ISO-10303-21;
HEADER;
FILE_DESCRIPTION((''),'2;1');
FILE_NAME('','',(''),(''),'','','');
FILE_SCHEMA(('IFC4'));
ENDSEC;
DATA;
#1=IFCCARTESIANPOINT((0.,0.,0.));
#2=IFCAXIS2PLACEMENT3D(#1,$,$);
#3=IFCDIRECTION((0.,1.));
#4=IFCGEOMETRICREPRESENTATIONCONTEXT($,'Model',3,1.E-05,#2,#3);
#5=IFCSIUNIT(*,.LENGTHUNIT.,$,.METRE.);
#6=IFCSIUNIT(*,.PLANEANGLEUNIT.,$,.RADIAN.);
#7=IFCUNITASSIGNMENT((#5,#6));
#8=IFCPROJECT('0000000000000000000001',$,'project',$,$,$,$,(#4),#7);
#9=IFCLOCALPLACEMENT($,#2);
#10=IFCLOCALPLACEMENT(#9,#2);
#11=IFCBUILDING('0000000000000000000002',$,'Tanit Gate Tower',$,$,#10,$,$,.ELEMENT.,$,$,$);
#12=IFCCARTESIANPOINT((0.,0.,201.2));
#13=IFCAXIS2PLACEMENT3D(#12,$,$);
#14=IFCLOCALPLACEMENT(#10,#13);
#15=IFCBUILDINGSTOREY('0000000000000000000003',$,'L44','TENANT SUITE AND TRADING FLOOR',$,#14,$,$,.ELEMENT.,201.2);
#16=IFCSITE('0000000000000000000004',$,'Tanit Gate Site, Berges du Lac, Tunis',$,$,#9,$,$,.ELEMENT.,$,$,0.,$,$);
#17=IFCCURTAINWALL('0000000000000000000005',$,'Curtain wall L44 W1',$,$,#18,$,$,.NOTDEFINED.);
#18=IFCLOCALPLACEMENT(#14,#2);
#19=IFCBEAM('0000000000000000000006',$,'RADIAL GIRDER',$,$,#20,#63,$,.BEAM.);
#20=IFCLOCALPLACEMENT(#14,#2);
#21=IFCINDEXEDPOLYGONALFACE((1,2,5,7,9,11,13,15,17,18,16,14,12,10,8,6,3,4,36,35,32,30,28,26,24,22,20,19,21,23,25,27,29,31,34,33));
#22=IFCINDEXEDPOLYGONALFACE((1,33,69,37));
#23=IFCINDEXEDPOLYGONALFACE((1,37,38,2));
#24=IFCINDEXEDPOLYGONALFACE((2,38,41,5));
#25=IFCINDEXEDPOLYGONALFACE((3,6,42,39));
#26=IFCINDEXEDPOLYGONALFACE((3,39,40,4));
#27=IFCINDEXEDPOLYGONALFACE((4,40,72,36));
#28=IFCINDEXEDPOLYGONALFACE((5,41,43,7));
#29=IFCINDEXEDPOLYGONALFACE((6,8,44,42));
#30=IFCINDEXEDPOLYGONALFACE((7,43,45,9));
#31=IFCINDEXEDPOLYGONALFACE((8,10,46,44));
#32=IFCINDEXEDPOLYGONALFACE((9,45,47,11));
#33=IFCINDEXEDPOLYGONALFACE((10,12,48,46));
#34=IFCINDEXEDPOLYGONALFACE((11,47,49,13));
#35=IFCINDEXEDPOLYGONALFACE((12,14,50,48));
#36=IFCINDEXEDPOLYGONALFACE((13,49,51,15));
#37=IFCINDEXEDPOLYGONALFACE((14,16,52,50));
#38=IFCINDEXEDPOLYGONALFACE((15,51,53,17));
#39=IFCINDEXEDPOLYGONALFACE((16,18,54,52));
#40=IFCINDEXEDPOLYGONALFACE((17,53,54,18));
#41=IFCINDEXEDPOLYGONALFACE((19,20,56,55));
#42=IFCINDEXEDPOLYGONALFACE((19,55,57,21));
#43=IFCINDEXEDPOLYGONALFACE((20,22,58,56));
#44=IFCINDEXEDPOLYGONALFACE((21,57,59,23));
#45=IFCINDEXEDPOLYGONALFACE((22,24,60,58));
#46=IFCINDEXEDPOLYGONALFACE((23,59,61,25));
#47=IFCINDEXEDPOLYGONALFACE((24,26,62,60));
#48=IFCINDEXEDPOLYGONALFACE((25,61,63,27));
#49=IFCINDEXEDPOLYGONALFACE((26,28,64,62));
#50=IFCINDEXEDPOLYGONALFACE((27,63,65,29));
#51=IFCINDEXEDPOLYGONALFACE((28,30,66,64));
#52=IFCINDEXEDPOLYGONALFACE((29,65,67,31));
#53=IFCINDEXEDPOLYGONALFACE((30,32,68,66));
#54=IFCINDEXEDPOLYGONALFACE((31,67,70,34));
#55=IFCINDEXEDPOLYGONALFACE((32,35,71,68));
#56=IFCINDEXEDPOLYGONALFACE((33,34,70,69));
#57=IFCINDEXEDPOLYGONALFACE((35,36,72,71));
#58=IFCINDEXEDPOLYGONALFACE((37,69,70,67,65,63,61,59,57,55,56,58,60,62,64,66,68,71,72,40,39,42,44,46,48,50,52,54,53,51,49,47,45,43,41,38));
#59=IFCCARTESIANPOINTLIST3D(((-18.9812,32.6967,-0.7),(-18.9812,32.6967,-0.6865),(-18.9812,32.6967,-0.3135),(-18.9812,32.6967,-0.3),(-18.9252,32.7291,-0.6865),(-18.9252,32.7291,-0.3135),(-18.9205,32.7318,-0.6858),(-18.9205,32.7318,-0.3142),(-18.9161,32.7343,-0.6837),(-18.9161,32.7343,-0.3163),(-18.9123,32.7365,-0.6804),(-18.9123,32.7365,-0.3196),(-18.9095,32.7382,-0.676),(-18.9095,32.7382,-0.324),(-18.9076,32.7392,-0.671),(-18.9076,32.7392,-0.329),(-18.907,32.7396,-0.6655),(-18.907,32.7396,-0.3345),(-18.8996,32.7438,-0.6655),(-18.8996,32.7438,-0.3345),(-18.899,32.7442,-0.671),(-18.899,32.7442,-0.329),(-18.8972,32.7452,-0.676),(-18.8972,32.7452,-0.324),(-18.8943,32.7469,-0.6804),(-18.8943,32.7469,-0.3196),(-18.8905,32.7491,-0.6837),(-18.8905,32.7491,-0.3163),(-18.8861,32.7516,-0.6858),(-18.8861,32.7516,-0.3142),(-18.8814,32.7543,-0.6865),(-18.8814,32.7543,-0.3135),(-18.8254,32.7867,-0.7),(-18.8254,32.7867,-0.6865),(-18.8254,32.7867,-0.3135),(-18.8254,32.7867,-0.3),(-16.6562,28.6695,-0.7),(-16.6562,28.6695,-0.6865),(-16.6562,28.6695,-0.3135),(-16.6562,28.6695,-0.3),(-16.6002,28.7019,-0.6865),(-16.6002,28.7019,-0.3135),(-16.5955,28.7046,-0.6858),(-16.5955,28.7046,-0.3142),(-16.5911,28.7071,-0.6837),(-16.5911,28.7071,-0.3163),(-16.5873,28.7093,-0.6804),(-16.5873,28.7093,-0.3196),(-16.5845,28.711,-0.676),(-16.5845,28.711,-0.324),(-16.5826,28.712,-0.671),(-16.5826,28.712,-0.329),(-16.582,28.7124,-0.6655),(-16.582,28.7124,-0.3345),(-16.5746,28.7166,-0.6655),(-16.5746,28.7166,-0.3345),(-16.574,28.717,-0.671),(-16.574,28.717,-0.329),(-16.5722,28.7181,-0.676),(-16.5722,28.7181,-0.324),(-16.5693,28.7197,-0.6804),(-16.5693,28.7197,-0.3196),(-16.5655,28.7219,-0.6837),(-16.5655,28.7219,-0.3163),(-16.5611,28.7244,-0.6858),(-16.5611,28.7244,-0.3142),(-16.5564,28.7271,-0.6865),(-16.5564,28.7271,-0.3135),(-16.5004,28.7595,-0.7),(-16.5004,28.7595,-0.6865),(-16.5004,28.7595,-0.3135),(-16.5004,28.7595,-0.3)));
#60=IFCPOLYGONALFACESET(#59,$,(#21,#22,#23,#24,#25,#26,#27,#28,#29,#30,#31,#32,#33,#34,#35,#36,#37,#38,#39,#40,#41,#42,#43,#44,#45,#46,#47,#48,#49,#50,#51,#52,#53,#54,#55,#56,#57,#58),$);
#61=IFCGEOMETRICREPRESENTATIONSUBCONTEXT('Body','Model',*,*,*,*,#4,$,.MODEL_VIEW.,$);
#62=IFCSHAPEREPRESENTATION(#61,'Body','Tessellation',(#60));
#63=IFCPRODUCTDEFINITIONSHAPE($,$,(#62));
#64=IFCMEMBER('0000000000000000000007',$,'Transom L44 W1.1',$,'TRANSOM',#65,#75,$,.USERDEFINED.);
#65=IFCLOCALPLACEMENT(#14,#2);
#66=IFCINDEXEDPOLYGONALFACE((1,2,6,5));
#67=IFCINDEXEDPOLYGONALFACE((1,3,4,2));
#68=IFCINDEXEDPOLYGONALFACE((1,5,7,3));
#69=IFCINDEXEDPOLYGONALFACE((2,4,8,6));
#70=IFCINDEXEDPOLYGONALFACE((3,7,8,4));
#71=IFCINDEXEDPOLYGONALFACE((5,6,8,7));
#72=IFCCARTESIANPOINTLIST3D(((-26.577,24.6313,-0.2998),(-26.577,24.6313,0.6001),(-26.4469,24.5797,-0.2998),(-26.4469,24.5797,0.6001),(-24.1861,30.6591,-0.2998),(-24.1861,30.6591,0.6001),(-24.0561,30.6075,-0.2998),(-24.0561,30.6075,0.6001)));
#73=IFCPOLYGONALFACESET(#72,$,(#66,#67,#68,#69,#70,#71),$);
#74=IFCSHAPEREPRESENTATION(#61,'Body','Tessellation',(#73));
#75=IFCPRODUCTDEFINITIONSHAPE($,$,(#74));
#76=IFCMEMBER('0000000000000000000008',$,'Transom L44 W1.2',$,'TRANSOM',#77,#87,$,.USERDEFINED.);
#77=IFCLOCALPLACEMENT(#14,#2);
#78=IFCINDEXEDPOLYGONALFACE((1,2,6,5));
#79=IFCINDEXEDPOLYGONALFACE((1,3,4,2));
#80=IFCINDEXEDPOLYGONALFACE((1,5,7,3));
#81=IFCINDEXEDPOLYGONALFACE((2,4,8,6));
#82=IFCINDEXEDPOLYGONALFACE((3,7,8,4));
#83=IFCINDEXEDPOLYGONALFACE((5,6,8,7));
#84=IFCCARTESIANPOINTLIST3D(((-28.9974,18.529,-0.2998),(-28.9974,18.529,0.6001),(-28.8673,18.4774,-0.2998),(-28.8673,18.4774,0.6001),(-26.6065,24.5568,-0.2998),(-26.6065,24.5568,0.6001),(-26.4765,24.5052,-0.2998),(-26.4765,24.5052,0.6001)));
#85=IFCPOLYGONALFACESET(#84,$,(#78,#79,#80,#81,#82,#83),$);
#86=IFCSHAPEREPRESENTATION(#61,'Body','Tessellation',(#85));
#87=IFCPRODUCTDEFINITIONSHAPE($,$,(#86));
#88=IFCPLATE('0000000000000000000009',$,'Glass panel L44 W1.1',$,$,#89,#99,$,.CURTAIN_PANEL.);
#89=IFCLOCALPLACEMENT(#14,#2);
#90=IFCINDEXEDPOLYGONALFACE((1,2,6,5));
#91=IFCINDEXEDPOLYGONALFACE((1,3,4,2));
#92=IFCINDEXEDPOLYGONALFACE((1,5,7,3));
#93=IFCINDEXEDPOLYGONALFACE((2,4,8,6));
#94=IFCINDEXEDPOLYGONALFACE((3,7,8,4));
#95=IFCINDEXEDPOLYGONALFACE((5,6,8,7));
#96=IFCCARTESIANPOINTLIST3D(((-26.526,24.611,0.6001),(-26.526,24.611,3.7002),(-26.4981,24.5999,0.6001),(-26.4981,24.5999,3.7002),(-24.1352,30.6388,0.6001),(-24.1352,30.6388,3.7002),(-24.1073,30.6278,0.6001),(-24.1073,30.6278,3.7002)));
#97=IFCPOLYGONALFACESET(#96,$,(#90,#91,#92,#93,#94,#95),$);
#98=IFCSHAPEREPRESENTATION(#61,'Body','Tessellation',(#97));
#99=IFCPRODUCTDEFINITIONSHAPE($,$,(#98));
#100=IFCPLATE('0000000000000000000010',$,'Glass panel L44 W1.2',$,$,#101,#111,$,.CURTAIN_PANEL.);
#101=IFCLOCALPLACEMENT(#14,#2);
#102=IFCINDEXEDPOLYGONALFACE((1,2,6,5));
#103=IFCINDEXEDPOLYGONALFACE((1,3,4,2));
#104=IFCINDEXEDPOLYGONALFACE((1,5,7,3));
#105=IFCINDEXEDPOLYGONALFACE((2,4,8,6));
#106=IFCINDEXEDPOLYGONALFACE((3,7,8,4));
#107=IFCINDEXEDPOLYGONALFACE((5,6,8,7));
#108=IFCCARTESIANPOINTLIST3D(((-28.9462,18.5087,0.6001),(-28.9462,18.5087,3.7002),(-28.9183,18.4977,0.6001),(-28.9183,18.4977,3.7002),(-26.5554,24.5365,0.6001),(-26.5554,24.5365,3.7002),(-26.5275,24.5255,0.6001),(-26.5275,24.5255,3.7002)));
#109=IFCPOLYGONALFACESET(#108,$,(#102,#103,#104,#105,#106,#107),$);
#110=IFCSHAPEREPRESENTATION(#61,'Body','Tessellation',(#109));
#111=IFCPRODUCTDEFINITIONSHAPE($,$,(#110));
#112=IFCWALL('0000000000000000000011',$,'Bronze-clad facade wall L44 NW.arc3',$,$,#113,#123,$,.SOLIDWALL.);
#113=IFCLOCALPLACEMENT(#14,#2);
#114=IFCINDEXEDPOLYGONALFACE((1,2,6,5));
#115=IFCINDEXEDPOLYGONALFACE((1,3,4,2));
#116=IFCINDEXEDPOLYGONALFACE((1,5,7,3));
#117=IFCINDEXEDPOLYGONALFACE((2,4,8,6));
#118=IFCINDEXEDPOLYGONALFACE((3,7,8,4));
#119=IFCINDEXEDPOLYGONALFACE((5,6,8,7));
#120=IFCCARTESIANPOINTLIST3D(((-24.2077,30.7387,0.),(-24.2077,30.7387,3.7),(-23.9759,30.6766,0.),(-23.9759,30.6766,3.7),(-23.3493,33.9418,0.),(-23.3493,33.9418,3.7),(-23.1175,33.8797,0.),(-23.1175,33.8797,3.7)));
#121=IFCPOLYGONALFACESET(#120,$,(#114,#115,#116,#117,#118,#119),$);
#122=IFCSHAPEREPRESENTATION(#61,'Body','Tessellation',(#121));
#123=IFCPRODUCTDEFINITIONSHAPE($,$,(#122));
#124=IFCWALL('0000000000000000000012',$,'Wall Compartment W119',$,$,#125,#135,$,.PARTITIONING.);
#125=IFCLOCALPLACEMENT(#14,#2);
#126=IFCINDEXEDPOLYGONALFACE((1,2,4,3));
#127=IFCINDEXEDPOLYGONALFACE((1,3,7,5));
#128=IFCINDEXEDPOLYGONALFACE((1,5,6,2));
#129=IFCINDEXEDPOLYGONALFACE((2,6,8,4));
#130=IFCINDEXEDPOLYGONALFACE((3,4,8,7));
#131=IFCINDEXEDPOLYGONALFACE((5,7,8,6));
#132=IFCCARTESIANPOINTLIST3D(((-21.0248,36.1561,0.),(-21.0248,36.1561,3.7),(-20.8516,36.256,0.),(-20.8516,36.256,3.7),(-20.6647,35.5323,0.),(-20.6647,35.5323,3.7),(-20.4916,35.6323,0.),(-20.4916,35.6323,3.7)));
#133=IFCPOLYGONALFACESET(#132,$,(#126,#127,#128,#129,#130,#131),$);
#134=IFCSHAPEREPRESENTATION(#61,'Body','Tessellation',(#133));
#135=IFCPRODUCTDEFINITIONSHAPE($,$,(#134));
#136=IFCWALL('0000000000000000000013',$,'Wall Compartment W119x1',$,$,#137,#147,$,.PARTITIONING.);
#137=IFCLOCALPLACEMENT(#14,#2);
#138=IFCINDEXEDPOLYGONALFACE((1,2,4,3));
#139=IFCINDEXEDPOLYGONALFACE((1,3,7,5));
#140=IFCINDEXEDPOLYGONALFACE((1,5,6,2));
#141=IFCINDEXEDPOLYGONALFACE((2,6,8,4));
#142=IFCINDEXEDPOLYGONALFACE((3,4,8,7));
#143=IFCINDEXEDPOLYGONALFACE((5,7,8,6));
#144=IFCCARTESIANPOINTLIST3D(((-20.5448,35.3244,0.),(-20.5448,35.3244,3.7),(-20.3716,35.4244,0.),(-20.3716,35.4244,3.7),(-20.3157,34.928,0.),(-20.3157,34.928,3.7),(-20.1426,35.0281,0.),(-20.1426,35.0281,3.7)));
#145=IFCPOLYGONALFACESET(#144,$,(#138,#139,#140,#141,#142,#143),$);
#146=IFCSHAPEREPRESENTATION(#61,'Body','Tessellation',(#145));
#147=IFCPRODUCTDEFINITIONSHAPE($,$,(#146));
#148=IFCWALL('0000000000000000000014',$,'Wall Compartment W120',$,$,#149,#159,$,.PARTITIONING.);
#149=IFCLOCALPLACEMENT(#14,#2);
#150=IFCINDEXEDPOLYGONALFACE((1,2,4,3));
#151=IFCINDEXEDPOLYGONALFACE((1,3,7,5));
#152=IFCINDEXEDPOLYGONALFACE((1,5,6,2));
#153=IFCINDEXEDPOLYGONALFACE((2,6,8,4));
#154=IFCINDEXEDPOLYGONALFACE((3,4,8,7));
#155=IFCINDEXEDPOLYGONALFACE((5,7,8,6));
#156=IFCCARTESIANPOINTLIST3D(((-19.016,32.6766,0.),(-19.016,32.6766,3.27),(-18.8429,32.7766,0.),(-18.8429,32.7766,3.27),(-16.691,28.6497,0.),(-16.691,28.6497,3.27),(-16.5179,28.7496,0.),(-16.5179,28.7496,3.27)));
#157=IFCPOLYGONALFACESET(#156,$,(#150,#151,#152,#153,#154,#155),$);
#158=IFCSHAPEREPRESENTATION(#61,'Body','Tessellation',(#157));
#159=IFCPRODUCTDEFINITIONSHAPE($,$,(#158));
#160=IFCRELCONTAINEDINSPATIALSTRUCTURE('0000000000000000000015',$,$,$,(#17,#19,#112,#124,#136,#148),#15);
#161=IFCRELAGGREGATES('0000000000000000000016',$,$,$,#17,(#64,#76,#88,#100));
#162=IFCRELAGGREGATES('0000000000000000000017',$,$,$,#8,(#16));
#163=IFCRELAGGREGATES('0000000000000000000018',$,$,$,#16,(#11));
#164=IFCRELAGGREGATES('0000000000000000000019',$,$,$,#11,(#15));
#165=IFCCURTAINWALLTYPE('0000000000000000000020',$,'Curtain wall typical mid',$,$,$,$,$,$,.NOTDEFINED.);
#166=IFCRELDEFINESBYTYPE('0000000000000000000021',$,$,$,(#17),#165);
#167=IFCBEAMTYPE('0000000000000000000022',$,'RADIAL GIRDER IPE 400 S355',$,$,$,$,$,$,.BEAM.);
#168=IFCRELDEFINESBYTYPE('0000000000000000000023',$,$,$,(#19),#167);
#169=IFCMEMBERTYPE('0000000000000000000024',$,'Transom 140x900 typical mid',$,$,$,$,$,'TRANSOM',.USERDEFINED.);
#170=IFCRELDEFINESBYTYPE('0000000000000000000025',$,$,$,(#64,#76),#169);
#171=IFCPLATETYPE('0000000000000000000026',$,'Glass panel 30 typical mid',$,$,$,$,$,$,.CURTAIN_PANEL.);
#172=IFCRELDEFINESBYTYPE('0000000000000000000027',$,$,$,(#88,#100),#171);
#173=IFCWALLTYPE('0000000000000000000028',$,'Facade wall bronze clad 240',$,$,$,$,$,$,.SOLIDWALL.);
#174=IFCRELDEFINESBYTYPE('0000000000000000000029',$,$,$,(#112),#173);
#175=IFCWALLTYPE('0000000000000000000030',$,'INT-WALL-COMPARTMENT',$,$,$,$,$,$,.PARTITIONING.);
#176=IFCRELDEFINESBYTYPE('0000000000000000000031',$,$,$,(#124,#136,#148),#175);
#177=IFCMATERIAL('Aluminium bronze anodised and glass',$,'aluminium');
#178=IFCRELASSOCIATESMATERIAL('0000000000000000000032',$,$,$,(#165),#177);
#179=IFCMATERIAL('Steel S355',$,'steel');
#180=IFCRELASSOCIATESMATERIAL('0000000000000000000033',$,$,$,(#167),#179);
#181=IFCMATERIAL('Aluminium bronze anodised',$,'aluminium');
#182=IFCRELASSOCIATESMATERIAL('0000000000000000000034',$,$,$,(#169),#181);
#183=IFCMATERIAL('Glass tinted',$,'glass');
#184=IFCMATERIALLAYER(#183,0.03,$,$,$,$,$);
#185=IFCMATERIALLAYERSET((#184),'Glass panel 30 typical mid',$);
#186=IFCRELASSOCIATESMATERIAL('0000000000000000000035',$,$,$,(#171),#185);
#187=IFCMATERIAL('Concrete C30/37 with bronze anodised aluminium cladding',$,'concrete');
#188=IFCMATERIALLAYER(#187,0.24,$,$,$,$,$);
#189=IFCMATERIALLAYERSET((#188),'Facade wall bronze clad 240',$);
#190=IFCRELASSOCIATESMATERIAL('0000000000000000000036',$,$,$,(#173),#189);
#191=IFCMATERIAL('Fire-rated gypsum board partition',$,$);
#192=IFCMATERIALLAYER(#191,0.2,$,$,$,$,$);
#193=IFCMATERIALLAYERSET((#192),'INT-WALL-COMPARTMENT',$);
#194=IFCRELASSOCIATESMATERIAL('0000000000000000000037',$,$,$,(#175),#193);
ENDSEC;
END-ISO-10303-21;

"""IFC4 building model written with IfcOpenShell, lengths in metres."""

from ifc_helpers import new_model, si_unit, direction, frame, frame_2d, origin, origin_2d, place, context, subcontext, project, spatial, rectangle, i_section, extrude, material, layer, layer_set, material_profile, profile_set, type_object, element, aggregate, save


model = new_model("IFC4")

# Units and contexts
model_context = context("Model", 3, precision=1e-05, world=origin(), true_north=direction((0.0, 1.0)))
body_context = subcontext(model_context, "Body", "Model", "MODEL_VIEW")
ifc_project = project(units=[si_unit("LENGTHUNIT", "METRE"), si_unit("PLANEANGLEUNIT", "RADIAN")], contexts=[model_context])

# Site, building, storey
site_placement = place(None, origin())
site = spatial("IfcSite", under=ifc_project, at=site_placement, Name="Tanit Gate Site, Berges du Lac, Tunis", CompositionType="ELEMENT", RefElevation=0.0)
building_placement = place(site_placement, origin())
building = spatial("IfcBuilding", under=site, at=building_placement, Name="Tanit Gate Tower", CompositionType="ELEMENT")
storey_placement = place(building_placement, frame((0.0, 0.0, 201.2)))
storey = spatial("IfcBuildingStorey", under=building, at=storey_placement, Name="L44", Description="TENANT SUITE AND TRADING FLOOR", CompositionType="ELEMENT", Elevation=201.2)

# Curtain wall
ifc_material_1 = material(Name="Aluminium bronze anodised and glass", Category="aluminium")
curtain_wall_type = type_object("IfcCurtainWallType", Name="Curtain wall typical mid", PredefinedType="NOTDEFINED", material=ifc_material_1)
curtain_wall_placement = place(storey_placement, origin())
curtain_wall = element("IfcCurtainWall", 1, at=curtain_wall_placement, inside=storey, type_object=curtain_wall_type, Name="Curtain wall L44 W1", PredefinedType="NOTDEFINED")

# Beam
ifc_material_2 = material(Name="Steel S355", Category="steel")
ifc_material_profile_1 = material_profile(ifc_material_2, i_section(OverallWidth=0.1799, OverallDepth=0.3999, WebThickness=0.0085, FlangeThickness=0.0134, FilletRadius=0.021, at=origin_2d()), Name="IPE 400")
ifc_profile_set_1 = profile_set([ifc_material_profile_1], Name="Steel S355")
beam_type_1 = type_object("IfcBeamType", Name="RADIAL GIRDER IPE 400 S355", PredefinedType="BEAM", material=ifc_profile_set_1)
beam_1_placement = place(storey_placement, frame((-18.9033, 32.7417, -0.5), z_axis=(0.499985, -0.866034, 0.0), x_axis=(0.866034, 0.499985, 0.0)))
element("IfcBeam", 2, at=beam_1_placement, inside=storey, type_object=beam_type_1, Name="RADIAL GIRDER", PredefinedType="BEAM", context=body_context, shape_type="SweptSolid", body=[
    extrude(i_section(OverallWidth=0.1799, OverallDepth=0.3999, WebThickness=0.0085, FlangeThickness=0.0134, FilletRadius=0.021, at=origin_2d()), origin(), (0.0, 0.0, 1.0), 4.6501),
])

# Members
ifc_material_3 = material(Name="Aluminium bronze anodised", Category="aluminium")
ifc_material_profile_2 = material_profile(ifc_material_3, rectangle(XDim=0.1399, YDim=0.8999, at=origin_2d()), Name="140x900 bronze transom")
ifc_profile_set_2 = profile_set([ifc_material_profile_2], Name="Aluminium bronze anodised")
member_type_1 = type_object("IfcMemberType", Name="Transom 140x900 typical mid", ElementType="TRANSOM", PredefinedType="USERDEFINED", material=ifc_profile_set_2)
member_1_placement = place(storey_placement, frame((-24.1211, 30.6333, 0.1501), z_axis=(-0.368695, -0.92955, 0.0), x_axis=(0.92955, -0.368695, 0.0)))
member_1 = element("IfcMember", 3, at=member_1_placement, type_object=member_type_1, Name="Transom L44 W1.1", ObjectType="TRANSOM", PredefinedType="USERDEFINED", context=body_context, shape_type="SweptSolid", body=[
    extrude(rectangle(XDim=0.1399, YDim=0.8999, at=origin_2d()), origin(), (0.0, 0.0, 1.0), 6.4846),
])
member_2_placement = place(storey_placement, frame((-26.5415, 24.531, 0.1501), z_axis=(-0.368695, -0.92955, 0.0), x_axis=(0.92955, -0.368695, 0.0)))
member_2 = element("IfcMember", 4, at=member_2_placement, type_object=member_type_1, Name="Transom L44 W1.2", ObjectType="TRANSOM", PredefinedType="USERDEFINED", context=body_context, shape_type="SweptSolid", body=[
    extrude(rectangle(XDim=0.1399, YDim=0.8999, at=origin_2d()), origin(), (0.0, 0.0, 1.0), 6.4846),
])

# Plates
ifc_material_4 = material(Name="Glass tinted", Category="glass")
ifc_layer_1 = layer(ifc_material_4, 0.03)
ifc_layer_set_1 = layer_set([ifc_layer_1], Name="Glass panel 30 typical mid")
plate_type = type_object("IfcPlateType", Name="Glass panel 30 typical mid", PredefinedType="CURTAIN_PANEL", material=ifc_layer_set_1)
plate_1_placement = place(storey_placement, frame((-25.3167, 27.6194, 0.6001), z_axis=(0.0, 0.0, 1.0), x_axis=(-0.368686, -0.929554, 0.0)))
plate_1 = element("IfcPlate", 5, at=plate_1_placement, type_object=plate_type, Name="Glass panel L44 W1.1", PredefinedType="CURTAIN_PANEL", context=body_context, shape_type="SweptSolid", body=[
    extrude(rectangle(XDim=6.4846, YDim=0.03, at=origin_2d()), origin(), (0.0, 0.0, 1.0), 3.1001),
])
plate_2_placement = place(storey_placement, frame((-27.7368, 21.5171, 0.6001), z_axis=(0.0, 0.0, 1.0), x_axis=(-0.368686, -0.929554, 0.0)))
plate_2 = element("IfcPlate", 6, at=plate_2_placement, type_object=plate_type, Name="Glass panel L44 W1.2", PredefinedType="CURTAIN_PANEL", context=body_context, shape_type="SweptSolid", body=[
    extrude(rectangle(XDim=6.4846, YDim=0.03, at=origin_2d()), origin(), (0.0, 0.0, 1.0), 3.1001),
])
aggregate(curtain_wall, [member_1, member_2, plate_1, plate_2])

# Walls
ifc_material_5 = material(Name="Concrete C30/37 with bronze anodised aluminium cladding", Category="concrete")
ifc_layer_2 = layer(ifc_material_5, 0.24)
ifc_layer_set_2 = layer_set([ifc_layer_2], Name="Facade wall bronze clad 240")
wall_type_1 = type_object("IfcWallType", Name="Facade wall bronze clad 240", PredefinedType="SOLIDWALL", material=ifc_layer_set_2)
wall_1_placement = place(storey_placement, frame((-23.2334, 33.9109, 0.0), z_axis=(0.0, 0.0, 1.0), x_axis=(-0.258854, -0.965917, 0.0)))
element("IfcWall", 7, at=wall_1_placement, inside=storey, type_object=wall_type_1, Name="Bronze-clad facade wall L44 NW.arc3", PredefinedType="SOLIDWALL", context=body_context, shape_type="SweptSolid", body=[
    extrude(rectangle(XDim=3.3162, YDim=0.24, at=frame_2d((1.6582, 0.0))), origin(), (0.0, 0.0, 1.0), 3.7),
])
ifc_material_6 = material(Name="Fire-rated gypsum board partition")
ifc_layer_3 = layer(ifc_material_6, 0.2)
ifc_layer_set_3 = layer_set([ifc_layer_3], Name="INT-WALL-COMPARTMENT")
wall_type_2 = type_object("IfcWallType", Name="INT-WALL-COMPARTMENT", PredefinedType="PARTITIONING", material=ifc_layer_set_3)
wall_2_placement = place(storey_placement, frame((-20.9382, 36.2061, 0.0), z_axis=(0.0, 0.0, 1.0), x_axis=(0.499967, -0.866044, 0.0)))
element("IfcWall", 8, at=wall_2_placement, inside=storey, type_object=wall_type_2, Name="Wall Compartment W119", PredefinedType="PARTITIONING", context=body_context, shape_type="SweptSolid", body=[
    extrude(rectangle(XDim=0.7202, YDim=0.2, at=frame_2d((0.3601, 0.0))), origin(), (0.0, 0.0, 1.0), 3.7),
])
wall_3_placement = place(storey_placement, frame((-20.4583, 35.3745, 0.0), z_axis=(0.0, 0.0, 1.0), x_axis=(0.500384, -0.865803, 0.0)))
element("IfcWall", 9, at=wall_3_placement, inside=storey, type_object=wall_type_2, Name="Wall Compartment W119x1", PredefinedType="PARTITIONING", context=body_context, shape_type="SweptSolid", body=[
    extrude(rectangle(XDim=0.4578, YDim=0.2, at=frame_2d((0.229, 0.0))), origin(), (0.0, 0.0, 1.0), 3.7),
])
wall_4_placement = place(storey_placement, frame((-18.9294, 32.7266, 0.0), z_axis=(0.0, 0.0, 1.0), x_axis=(0.500007, -0.866021, 0.0)))
element("IfcWall", 10, at=wall_4_placement, inside=storey, type_object=wall_type_2, Name="Wall Compartment W120", PredefinedType="PARTITIONING", context=body_context, shape_type="SweptSolid", body=[
    extrude(rectangle(XDim=4.6499, YDim=0.2, at=frame_2d((2.325, 0.0))), origin(), (0.0, 0.0, 1.0), 3.27),
])

save(model, "model.ifc")
